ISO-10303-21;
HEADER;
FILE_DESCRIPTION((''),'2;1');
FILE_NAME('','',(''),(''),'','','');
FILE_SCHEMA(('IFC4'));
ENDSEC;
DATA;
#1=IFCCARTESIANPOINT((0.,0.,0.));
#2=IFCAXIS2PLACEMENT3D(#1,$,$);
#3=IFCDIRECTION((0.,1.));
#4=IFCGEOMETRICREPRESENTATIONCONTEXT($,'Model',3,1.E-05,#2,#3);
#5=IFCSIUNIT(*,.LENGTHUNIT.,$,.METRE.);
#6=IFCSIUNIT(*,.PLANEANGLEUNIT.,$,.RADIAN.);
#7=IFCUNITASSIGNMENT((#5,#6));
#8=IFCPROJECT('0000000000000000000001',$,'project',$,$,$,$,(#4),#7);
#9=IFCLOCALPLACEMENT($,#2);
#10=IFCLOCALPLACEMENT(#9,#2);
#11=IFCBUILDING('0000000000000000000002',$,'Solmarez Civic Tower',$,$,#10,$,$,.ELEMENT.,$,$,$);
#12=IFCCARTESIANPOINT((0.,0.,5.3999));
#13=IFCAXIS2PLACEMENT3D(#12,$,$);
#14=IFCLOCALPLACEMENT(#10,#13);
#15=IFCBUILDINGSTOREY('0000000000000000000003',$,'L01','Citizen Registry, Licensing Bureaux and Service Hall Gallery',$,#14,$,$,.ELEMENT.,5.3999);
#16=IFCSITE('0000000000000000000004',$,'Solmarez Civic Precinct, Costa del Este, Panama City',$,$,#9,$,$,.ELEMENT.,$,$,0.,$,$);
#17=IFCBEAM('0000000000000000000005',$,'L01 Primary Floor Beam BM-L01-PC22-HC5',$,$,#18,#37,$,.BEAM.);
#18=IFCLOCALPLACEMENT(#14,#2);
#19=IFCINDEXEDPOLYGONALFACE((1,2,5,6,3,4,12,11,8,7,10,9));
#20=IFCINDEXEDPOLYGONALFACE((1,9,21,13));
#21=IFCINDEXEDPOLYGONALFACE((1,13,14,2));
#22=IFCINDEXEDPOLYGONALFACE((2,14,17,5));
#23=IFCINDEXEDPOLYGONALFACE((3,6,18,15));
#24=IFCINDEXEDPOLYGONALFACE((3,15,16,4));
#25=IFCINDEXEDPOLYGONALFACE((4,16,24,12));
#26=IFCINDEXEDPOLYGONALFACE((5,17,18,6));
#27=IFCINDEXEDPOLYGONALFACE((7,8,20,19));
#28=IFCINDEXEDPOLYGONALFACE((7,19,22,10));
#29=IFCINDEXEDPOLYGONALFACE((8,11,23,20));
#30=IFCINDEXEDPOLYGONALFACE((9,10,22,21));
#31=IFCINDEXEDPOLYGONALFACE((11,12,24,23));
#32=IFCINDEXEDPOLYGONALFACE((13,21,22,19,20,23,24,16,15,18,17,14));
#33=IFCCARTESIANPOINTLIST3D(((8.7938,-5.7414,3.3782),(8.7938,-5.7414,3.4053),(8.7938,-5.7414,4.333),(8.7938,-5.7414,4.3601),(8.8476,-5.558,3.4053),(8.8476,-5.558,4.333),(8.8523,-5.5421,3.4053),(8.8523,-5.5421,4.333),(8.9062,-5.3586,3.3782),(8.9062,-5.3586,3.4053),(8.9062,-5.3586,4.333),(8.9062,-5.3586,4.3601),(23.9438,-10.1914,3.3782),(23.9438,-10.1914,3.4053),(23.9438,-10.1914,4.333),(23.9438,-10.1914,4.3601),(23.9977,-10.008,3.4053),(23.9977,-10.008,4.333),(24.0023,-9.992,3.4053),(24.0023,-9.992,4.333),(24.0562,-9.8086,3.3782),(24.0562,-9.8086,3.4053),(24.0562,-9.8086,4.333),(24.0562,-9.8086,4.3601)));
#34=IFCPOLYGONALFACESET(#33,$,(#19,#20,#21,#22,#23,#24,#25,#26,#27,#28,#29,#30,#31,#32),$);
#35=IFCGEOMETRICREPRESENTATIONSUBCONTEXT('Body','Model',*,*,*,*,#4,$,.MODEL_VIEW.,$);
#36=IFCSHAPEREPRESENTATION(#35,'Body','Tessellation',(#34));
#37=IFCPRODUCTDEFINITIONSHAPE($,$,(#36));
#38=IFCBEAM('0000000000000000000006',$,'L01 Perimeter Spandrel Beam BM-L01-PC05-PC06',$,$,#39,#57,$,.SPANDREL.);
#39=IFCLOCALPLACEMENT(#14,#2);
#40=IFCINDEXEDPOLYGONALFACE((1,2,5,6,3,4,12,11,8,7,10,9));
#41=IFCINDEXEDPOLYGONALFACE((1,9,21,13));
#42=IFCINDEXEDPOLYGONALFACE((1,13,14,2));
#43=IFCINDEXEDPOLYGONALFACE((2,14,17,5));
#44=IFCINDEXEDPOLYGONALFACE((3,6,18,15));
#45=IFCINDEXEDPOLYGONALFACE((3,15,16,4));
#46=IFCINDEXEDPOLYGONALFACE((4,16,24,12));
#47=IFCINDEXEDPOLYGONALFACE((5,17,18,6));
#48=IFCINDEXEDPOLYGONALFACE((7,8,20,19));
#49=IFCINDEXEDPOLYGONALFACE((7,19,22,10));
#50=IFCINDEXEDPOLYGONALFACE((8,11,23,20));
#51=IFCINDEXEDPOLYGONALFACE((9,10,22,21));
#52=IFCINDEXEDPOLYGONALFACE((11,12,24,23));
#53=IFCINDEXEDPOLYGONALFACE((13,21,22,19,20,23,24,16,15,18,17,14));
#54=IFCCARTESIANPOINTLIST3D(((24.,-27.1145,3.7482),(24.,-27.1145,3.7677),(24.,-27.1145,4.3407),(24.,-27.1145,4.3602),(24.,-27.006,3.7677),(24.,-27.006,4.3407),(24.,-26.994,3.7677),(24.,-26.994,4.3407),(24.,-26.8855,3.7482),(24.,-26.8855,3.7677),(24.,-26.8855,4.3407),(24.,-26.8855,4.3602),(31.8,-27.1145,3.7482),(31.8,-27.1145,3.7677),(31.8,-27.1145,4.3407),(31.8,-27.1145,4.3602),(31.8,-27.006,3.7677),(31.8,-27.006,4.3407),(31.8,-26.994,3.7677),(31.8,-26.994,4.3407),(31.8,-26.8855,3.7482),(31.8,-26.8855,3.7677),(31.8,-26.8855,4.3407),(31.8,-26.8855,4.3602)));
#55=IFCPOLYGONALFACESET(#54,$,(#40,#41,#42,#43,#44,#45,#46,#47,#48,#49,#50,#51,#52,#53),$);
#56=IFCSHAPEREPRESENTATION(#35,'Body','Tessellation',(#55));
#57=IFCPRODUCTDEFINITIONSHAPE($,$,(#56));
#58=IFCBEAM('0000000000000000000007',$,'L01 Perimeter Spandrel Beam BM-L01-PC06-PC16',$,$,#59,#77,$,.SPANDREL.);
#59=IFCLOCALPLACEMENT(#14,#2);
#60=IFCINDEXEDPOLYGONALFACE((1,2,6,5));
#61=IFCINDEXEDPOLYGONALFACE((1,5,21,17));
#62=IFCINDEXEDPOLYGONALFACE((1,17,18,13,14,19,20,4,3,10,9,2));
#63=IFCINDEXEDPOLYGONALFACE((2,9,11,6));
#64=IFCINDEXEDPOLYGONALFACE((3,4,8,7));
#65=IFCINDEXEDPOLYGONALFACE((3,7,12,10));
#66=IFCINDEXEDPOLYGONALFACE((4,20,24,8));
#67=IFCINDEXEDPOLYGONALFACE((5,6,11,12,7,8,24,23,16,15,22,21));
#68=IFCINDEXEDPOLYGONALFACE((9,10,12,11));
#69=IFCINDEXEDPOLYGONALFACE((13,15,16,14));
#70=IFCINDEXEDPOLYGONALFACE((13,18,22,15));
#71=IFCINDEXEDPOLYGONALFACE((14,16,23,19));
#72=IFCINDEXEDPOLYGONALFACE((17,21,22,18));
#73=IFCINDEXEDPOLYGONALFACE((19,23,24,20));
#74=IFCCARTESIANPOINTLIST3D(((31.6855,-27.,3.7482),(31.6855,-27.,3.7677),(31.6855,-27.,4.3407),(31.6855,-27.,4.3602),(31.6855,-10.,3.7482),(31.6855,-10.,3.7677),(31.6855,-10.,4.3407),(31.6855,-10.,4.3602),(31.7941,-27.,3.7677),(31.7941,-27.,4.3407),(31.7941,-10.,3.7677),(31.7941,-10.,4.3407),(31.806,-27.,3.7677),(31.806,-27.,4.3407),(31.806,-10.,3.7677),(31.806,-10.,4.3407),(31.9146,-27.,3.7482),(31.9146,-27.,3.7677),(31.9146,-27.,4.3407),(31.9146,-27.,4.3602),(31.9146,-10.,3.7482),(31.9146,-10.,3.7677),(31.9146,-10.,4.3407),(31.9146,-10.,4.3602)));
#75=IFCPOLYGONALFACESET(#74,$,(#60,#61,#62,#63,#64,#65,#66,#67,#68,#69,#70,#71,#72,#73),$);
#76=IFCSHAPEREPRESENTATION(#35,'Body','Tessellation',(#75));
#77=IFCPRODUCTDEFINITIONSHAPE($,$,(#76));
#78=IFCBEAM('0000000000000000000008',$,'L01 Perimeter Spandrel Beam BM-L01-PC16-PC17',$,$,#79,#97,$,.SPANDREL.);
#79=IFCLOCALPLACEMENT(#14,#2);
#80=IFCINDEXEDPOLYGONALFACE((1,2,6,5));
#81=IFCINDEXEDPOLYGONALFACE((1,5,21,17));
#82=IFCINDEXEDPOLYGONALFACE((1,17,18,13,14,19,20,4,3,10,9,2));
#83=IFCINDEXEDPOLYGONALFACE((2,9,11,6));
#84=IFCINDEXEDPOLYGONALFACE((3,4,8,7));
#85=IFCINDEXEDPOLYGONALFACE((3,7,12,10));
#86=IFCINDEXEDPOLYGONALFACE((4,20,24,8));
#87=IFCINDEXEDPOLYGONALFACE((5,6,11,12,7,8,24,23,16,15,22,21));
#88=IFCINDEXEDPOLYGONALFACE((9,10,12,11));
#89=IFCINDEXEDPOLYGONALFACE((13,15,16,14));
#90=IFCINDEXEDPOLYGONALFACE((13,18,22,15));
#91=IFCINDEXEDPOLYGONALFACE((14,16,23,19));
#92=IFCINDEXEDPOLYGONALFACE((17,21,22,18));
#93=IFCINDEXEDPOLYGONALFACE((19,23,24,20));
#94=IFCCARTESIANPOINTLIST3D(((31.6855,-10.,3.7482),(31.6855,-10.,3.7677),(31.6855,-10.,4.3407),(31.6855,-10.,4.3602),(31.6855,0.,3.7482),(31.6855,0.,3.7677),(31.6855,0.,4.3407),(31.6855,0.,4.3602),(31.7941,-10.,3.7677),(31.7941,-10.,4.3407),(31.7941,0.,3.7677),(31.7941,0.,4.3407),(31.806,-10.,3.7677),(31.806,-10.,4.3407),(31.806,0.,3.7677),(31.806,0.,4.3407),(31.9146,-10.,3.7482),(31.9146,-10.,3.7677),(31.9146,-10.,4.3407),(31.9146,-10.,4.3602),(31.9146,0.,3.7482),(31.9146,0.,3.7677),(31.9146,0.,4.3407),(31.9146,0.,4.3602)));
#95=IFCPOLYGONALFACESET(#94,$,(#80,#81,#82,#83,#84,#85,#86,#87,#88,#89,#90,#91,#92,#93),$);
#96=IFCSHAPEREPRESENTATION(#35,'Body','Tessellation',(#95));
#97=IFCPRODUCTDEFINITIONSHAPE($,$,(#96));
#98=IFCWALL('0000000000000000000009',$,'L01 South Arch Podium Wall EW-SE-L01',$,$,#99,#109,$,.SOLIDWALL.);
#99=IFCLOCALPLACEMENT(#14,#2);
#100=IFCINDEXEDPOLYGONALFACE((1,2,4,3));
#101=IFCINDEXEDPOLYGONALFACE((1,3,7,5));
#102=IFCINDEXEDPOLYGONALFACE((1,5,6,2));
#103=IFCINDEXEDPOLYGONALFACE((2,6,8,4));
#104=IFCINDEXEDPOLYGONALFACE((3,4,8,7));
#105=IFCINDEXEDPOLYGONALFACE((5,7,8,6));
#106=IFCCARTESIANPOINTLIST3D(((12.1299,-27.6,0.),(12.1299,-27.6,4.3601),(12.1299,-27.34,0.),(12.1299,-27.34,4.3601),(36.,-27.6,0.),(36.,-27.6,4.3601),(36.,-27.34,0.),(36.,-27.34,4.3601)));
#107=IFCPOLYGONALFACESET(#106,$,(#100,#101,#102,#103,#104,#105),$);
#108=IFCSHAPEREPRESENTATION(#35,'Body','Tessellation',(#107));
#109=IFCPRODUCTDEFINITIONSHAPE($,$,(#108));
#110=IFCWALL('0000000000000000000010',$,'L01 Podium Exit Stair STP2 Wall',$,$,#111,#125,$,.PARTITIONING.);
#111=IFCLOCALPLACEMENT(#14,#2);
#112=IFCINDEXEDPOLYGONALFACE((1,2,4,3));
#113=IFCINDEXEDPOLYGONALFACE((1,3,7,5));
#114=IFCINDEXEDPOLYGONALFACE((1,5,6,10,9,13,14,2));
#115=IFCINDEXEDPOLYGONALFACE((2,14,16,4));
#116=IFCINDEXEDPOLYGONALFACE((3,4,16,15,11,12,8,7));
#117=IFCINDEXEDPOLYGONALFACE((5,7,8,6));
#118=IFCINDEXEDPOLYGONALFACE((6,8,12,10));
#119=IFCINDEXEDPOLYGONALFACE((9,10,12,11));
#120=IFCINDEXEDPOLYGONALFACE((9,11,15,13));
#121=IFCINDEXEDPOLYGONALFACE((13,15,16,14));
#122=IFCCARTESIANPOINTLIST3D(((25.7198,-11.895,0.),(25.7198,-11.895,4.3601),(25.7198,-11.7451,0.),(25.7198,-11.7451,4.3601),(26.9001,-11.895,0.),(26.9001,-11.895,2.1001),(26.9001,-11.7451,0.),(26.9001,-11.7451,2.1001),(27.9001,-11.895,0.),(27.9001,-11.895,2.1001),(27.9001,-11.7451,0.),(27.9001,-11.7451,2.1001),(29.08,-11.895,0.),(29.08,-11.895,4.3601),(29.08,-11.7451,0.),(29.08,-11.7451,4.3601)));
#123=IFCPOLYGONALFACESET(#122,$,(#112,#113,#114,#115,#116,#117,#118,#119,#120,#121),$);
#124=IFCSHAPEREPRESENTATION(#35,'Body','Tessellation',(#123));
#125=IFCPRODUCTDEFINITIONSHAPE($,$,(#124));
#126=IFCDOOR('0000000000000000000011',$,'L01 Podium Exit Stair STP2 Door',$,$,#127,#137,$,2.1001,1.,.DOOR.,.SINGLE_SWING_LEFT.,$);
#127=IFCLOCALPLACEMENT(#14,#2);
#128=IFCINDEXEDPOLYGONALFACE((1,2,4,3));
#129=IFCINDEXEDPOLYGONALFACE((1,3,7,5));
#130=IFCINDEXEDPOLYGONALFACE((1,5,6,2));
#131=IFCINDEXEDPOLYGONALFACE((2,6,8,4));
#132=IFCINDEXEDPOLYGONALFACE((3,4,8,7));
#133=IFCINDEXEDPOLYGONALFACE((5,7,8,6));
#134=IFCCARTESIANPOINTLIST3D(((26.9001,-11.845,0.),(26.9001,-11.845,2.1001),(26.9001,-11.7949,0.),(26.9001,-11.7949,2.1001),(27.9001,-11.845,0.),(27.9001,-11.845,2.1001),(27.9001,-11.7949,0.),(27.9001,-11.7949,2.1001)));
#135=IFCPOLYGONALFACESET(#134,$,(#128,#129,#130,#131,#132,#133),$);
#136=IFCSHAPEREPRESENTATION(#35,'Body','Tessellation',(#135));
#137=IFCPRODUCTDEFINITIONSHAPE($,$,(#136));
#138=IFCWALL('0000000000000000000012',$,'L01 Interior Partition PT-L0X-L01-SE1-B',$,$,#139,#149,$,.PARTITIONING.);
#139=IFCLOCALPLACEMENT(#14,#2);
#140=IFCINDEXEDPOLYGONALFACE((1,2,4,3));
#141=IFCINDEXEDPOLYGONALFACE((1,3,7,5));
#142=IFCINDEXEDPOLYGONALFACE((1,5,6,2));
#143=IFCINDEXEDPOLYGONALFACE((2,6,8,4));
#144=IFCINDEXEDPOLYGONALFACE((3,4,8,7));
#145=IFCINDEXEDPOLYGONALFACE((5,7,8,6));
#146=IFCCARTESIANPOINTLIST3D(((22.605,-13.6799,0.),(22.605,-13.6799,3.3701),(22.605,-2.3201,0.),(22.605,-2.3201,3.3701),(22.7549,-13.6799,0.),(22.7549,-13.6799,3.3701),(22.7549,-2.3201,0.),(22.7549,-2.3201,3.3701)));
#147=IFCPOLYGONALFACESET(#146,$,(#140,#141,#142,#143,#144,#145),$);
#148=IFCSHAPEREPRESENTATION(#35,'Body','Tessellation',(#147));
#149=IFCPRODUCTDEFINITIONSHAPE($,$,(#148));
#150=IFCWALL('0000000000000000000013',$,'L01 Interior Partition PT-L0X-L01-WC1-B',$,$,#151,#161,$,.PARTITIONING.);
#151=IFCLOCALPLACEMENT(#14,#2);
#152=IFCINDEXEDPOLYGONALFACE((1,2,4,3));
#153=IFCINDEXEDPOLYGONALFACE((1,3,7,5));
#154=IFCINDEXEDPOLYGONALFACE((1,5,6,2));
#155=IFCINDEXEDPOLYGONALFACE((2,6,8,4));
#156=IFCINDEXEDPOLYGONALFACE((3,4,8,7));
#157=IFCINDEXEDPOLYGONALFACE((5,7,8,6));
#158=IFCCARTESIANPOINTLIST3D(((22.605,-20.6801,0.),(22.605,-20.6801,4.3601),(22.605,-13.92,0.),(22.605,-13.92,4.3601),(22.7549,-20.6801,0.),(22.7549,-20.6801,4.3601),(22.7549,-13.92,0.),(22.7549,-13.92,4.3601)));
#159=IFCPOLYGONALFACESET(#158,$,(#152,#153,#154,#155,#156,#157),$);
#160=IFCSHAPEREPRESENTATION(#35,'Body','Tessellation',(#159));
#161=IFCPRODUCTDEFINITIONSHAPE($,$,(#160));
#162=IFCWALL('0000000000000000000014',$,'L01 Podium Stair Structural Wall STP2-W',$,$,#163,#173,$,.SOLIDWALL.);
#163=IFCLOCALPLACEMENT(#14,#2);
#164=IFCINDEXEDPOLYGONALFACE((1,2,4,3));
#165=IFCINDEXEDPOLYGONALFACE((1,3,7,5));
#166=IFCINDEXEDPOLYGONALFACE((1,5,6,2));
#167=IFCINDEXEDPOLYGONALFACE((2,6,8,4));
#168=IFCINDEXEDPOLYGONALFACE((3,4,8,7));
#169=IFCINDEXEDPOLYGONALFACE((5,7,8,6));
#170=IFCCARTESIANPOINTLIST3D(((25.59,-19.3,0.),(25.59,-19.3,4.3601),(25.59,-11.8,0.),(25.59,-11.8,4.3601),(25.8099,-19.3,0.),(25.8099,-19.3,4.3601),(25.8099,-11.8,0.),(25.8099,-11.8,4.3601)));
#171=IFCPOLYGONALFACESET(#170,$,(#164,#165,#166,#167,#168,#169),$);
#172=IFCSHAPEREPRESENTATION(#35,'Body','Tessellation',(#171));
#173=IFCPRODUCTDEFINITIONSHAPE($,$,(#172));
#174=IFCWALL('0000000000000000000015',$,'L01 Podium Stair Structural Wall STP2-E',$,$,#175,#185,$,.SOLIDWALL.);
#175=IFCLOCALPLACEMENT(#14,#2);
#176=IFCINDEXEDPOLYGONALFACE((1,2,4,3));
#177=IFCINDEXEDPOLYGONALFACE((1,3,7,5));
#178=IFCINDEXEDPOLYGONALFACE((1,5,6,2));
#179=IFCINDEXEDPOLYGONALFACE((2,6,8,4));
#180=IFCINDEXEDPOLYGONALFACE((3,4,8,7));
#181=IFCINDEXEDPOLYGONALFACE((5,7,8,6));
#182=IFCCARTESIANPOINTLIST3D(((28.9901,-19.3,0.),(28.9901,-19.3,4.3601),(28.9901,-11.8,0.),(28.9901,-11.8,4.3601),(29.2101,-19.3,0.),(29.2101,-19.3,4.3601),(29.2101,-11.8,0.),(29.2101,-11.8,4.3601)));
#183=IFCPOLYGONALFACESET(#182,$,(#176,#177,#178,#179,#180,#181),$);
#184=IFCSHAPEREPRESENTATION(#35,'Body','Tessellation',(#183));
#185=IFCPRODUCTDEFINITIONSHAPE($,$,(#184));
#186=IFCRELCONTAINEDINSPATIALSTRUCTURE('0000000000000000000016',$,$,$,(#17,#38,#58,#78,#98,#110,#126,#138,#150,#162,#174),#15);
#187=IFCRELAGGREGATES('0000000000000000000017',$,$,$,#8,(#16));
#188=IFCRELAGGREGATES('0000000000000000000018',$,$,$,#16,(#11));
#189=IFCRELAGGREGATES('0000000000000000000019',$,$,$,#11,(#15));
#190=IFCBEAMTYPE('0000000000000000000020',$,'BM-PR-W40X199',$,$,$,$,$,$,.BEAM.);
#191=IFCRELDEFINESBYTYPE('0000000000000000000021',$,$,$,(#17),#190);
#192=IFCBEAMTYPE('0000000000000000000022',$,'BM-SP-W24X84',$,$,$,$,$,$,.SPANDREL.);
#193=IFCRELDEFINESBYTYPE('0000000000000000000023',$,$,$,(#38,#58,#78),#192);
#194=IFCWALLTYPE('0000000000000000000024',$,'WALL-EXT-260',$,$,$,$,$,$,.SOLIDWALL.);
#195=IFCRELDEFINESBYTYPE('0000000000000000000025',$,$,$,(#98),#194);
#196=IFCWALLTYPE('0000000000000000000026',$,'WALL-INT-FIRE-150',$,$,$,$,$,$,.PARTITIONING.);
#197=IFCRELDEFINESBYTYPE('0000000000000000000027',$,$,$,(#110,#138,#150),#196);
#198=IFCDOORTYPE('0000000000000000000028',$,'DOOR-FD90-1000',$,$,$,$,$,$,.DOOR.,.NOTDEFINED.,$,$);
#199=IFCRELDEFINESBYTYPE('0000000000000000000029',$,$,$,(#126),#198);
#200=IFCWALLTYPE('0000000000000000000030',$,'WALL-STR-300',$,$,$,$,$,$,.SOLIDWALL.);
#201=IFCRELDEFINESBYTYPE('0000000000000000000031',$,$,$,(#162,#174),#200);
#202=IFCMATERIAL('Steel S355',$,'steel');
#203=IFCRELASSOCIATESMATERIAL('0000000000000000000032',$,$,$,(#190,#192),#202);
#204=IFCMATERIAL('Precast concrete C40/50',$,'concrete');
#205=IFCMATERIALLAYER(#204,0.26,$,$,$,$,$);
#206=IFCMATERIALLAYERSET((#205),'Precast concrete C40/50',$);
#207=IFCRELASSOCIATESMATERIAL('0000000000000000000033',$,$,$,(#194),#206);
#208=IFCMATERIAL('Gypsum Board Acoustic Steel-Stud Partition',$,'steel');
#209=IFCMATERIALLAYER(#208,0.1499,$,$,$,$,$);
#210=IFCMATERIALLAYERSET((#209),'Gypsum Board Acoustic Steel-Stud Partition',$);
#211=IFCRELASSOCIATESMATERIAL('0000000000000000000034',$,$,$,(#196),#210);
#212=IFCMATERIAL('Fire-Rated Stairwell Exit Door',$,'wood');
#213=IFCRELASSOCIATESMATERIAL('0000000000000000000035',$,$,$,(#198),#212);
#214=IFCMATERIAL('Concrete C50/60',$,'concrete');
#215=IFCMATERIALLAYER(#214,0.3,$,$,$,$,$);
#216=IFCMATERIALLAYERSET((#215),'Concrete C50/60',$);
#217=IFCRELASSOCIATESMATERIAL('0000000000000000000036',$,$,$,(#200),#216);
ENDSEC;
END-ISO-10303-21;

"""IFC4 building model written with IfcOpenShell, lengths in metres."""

from ifc_helpers import new_model, si_unit, direction, frame, frame_2d, origin, origin_2d, place, context, subcontext, project, spatial, rectangle, i_section, extrude, material, layer, layer_set, material_profile, profile_set, type_object, element, fill, save


model = new_model("IFC4")

# Units and contexts
model_context = context("Model", 3, precision=1e-05, world=origin(), true_north=direction((0.0, 1.0)))
body_context = subcontext(model_context, "Body", "Model", "MODEL_VIEW")
ifc_project = project(units=[si_unit("LENGTHUNIT", "METRE"), si_unit("PLANEANGLEUNIT", "RADIAN")], contexts=[model_context])

# Site, building, storey
site_placement = place(None, origin())
site = spatial("IfcSite", under=ifc_project, at=site_placement, Name="Solmarez Civic Precinct, Costa del Este, Panama City", CompositionType="ELEMENT", RefElevation=0.0)
building_placement = place(site_placement, origin())
building = spatial("IfcBuilding", under=site, at=building_placement, Name="Solmarez Civic Tower", CompositionType="ELEMENT")
storey_placement = place(building_placement, frame((0.0, 0.0, 5.3999)))
storey = spatial("IfcBuildingStorey", under=building, at=storey_placement, Name="L01", Description="Citizen Registry, Licensing Bureaux and Service Hall Gallery", CompositionType="ELEMENT", Elevation=5.3999)

# Beams
ifc_material_1 = material(Name="Steel S355", Category="steel")
ifc_material_2 = material(Name="Concrete C50/60", Category="concrete")
ifc_material_profile_1 = material_profile(ifc_material_1, i_section(OverallWidth=0.3989, OverallDepth=0.9819, WebThickness=0.0166, FlangeThickness=0.0271, at=origin_2d()), Name="W40X199")
ifc_profile_set_1 = profile_set([ifc_material_profile_1], Name="Steel S355")
beam_type_1 = type_object("IfcBeamType", Name="BM-PR-W40X199", PredefinedType="BEAM", material=ifc_profile_set_1)
beam_1_placement = place(storey_placement, frame((24.0, -10.0, 3.8691), z_axis=(-0.959467, 0.281822, 0.0), x_axis=(-0.281822, -0.959467, 0.0)))
element("IfcBeam", 1, at=beam_1_placement, inside=storey, type_object=beam_type_1, Name="L01 Primary Floor Beam BM-L01-PC22-HC5", PredefinedType="BEAM", context=body_context, shape_type="SweptSolid", body=[
    extrude(i_section(OverallWidth=0.3989, OverallDepth=0.9819, WebThickness=0.0166, FlangeThickness=0.0271, at=origin_2d()), origin(), (0.0, 0.0, 1.0), 15.79),
])
ifc_material_profile_2 = material_profile(ifc_material_1, i_section(OverallWidth=0.229, OverallDepth=0.6121, WebThickness=0.012, FlangeThickness=0.0195, at=origin_2d()), Name="W24X84")
ifc_profile_set_2 = profile_set([ifc_material_profile_2], Name="Steel S355")
beam_type_2 = type_object("IfcBeamType", Name="BM-SP-W24X84", PredefinedType="SPANDREL", material=ifc_profile_set_2)
beam_2_placement = place(storey_placement, frame((24.0, -27.0, 4.0542), z_axis=(1.0, 0.0, 0.0), x_axis=(0.0, 1.0, 0.0)))
element("IfcBeam", 2, at=beam_2_placement, inside=storey, type_object=beam_type_2, Name="L01 Perimeter Spandrel Beam BM-L01-PC05-PC06", PredefinedType="SPANDREL", context=body_context, shape_type="SweptSolid", body=[
    extrude(i_section(OverallWidth=0.229, OverallDepth=0.6121, WebThickness=0.012, FlangeThickness=0.0195, at=origin_2d()), origin(), (0.0, 0.0, 1.0), 7.8),
])
beam_3_placement = place(storey_placement, frame((31.8, -27.0, 4.0542), z_axis=(0.0, 1.0, 0.0), x_axis=(-1.0, 0.0, 0.0)))
element("IfcBeam", 3, at=beam_3_placement, inside=storey, type_object=beam_type_2, Name="L01 Perimeter Spandrel Beam BM-L01-PC06-PC16", PredefinedType="SPANDREL", context=body_context, shape_type="SweptSolid", body=[
    extrude(i_section(OverallWidth=0.229, OverallDepth=0.6121, WebThickness=0.012, FlangeThickness=0.0195, at=origin_2d()), origin(), (0.0, 0.0, 1.0), 17.0),
])
beam_4_placement = place(storey_placement, frame((31.8, -10.0, 4.0542), z_axis=(0.0, 1.0, 0.0), x_axis=(-1.0, 0.0, 0.0)))
element("IfcBeam", 4, at=beam_4_placement, inside=storey, type_object=beam_type_2, Name="L01 Perimeter Spandrel Beam BM-L01-PC16-PC17", PredefinedType="SPANDREL", context=body_context, shape_type="SweptSolid", body=[
    extrude(i_section(OverallWidth=0.229, OverallDepth=0.6121, WebThickness=0.012, FlangeThickness=0.0195, at=origin_2d()), origin(), (0.0, 0.0, 1.0), 10.0),
])

# Wall
ifc_material_3 = material(Name="Precast concrete C40/50", Category="concrete")
ifc_layer_1 = layer(ifc_material_3, 0.26)
ifc_layer_set_1 = layer_set([ifc_layer_1], Name="Precast concrete C40/50")
wall_type_1 = type_object("IfcWallType", Name="WALL-EXT-260", PredefinedType="SOLIDWALL", material=ifc_layer_set_1)
wall_1_placement = place(storey_placement, frame((36.0, -27.47, 0.0), z_axis=(0.0, 0.0, 1.0), x_axis=(-1.0, 0.0, 0.0)))
element("IfcWall", 5, at=wall_1_placement, inside=storey, type_object=wall_type_1, Name="L01 South Arch Podium Wall EW-SE-L01", PredefinedType="SOLIDWALL", context=body_context, shape_type="SweptSolid", body=[
    extrude(rectangle(XDim=23.8701, YDim=0.26, at=frame_2d((11.9351, 0.0))), origin(), (0.0, 0.0, 1.0), 4.3601),
])

# Wall, opening, door
ifc_material_4 = material(Name="Gypsum Board Acoustic Steel-Stud Partition", Category="steel")
ifc_layer_2 = layer(ifc_material_4, 0.1499)
ifc_layer_set_2 = layer_set([ifc_layer_2], Name="Gypsum Board Acoustic Steel-Stud Partition")
wall_type_2 = type_object("IfcWallType", Name="WALL-INT-FIRE-150", PredefinedType="PARTITIONING", material=ifc_layer_set_2)
wall_2_placement = place(storey_placement, frame((29.0801, -11.8201, 0.0), z_axis=(0.0, 0.0, 1.0), x_axis=(-1.0, 0.0, 0.0)))
wall_2 = element("IfcWall", 6, at=wall_2_placement, inside=storey, type_object=wall_type_2, Name="L01 Podium Exit Stair STP2 Wall", PredefinedType="PARTITIONING", context=body_context, shape_type="SweptSolid", body=[
    extrude(rectangle(XDim=3.3601, YDim=0.1499, at=frame_2d((1.6802, 0.0))), origin(), (0.0, 0.0, 1.0), 4.3601),
])
opening_placement = place(wall_2_placement, frame((1.1799, 0.0, 0.0)))
opening = element("IfcOpeningElement", 7, at=opening_placement, cuts=wall_2, PredefinedType="OPENING", context=body_context, shape_type="SweptSolid", body=[
    extrude(rectangle(XDim=1.0, YDim=2.1001, at=frame_2d((0.5, 1.05))), frame((0.0, 0.085, 0.0), z_axis=(0.0, -1.0, 0.0), x_axis=(1.0, 0.0, 0.0)), (0.0, 0.0, 1.0), 0.1699),
])
ifc_material_5 = material(Name="Fire-Rated Stairwell Exit Door", Category="wood")
door_type = type_object("IfcDoorType", Name="DOOR-FD90-1000", OperationType="NOTDEFINED", PredefinedType="DOOR", material=ifc_material_5)
door_placement = place(opening_placement, origin())
door = element("IfcDoor", 8, at=door_placement, inside=storey, type_object=door_type, Name="L01 Podium Exit Stair STP2 Door", OperationType="SINGLE_SWING_LEFT", OverallHeight=2.1001, OverallWidth=1.0, PredefinedType="DOOR", context=body_context, shape_type="SweptSolid", body=[
    extrude(rectangle(XDim=1.0, YDim=2.1001, at=frame_2d((0.5, 1.05))), frame((0.0, 0.0249, 0.0), z_axis=(0.0, -1.0, 0.0), x_axis=(1.0, 0.0, 0.0)), (0.0, 0.0, 1.0), 0.05),
])
fill(opening, door)

# Walls
wall_3_placement = place(storey_placement, frame((22.6799, -13.6799, 0.0), z_axis=(0.0, 0.0, 1.0), x_axis=(0.0, 1.0, 0.0)))
element("IfcWall", 9, at=wall_3_placement, inside=storey, type_object=wall_type_2, Name="L01 Interior Partition PT-L0X-L01-SE1-B", PredefinedType="PARTITIONING", context=body_context, shape_type="SweptSolid", body=[
    extrude(rectangle(XDim=11.3599, YDim=0.1499, at=frame_2d((5.6799, 0.0))), origin(), (0.0, 0.0, 1.0), 3.3701),
])
wall_4_placement = place(storey_placement, frame((22.6799, -20.6799, 0.0), z_axis=(0.0, 0.0, 1.0), x_axis=(0.0, 1.0, 0.0)))
element("IfcWall", 10, at=wall_4_placement, inside=storey, type_object=wall_type_2, Name="L01 Interior Partition PT-L0X-L01-WC1-B", PredefinedType="PARTITIONING", context=body_context, shape_type="SweptSolid", body=[
    extrude(rectangle(XDim=6.76, YDim=0.1499, at=frame_2d((3.3799, 0.0))), origin(), (0.0, 0.0, 1.0), 4.3601),
])
ifc_layer_3 = layer(ifc_material_2, 0.3)
ifc_layer_set_3 = layer_set([ifc_layer_3], Name="Concrete C50/60")
wall_type_3 = type_object("IfcWallType", Name="WALL-STR-300", PredefinedType="SOLIDWALL", material=ifc_layer_set_3)
for number, where, z_axis, x_axis, name in (
    (11, (25.7, -19.3, 0.0), (0.0, 0.0, 1.0), (0.0, 1.0, 0.0), "L01 Podium Stair Structural Wall STP2-W"),
    (12, (29.1001, -19.3, 0.0), (0.0, 0.0, 1.0), (0.0, 1.0, 0.0), "L01 Podium Stair Structural Wall STP2-E"),
):
    element("IfcWall", number, at=place(storey_placement, frame(where, z_axis=z_axis, x_axis=x_axis)), inside=storey, type_object=wall_type_3, Name=name, PredefinedType="SOLIDWALL", context=body_context, shape_type="SweptSolid", body=[
        extrude(rectangle(XDim=7.5, YDim=0.22, at=frame_2d((3.75, 0.0))), origin(), (0.0, 0.0, 1.0), 4.3601),
    ])

save(model, "model.ifc")
